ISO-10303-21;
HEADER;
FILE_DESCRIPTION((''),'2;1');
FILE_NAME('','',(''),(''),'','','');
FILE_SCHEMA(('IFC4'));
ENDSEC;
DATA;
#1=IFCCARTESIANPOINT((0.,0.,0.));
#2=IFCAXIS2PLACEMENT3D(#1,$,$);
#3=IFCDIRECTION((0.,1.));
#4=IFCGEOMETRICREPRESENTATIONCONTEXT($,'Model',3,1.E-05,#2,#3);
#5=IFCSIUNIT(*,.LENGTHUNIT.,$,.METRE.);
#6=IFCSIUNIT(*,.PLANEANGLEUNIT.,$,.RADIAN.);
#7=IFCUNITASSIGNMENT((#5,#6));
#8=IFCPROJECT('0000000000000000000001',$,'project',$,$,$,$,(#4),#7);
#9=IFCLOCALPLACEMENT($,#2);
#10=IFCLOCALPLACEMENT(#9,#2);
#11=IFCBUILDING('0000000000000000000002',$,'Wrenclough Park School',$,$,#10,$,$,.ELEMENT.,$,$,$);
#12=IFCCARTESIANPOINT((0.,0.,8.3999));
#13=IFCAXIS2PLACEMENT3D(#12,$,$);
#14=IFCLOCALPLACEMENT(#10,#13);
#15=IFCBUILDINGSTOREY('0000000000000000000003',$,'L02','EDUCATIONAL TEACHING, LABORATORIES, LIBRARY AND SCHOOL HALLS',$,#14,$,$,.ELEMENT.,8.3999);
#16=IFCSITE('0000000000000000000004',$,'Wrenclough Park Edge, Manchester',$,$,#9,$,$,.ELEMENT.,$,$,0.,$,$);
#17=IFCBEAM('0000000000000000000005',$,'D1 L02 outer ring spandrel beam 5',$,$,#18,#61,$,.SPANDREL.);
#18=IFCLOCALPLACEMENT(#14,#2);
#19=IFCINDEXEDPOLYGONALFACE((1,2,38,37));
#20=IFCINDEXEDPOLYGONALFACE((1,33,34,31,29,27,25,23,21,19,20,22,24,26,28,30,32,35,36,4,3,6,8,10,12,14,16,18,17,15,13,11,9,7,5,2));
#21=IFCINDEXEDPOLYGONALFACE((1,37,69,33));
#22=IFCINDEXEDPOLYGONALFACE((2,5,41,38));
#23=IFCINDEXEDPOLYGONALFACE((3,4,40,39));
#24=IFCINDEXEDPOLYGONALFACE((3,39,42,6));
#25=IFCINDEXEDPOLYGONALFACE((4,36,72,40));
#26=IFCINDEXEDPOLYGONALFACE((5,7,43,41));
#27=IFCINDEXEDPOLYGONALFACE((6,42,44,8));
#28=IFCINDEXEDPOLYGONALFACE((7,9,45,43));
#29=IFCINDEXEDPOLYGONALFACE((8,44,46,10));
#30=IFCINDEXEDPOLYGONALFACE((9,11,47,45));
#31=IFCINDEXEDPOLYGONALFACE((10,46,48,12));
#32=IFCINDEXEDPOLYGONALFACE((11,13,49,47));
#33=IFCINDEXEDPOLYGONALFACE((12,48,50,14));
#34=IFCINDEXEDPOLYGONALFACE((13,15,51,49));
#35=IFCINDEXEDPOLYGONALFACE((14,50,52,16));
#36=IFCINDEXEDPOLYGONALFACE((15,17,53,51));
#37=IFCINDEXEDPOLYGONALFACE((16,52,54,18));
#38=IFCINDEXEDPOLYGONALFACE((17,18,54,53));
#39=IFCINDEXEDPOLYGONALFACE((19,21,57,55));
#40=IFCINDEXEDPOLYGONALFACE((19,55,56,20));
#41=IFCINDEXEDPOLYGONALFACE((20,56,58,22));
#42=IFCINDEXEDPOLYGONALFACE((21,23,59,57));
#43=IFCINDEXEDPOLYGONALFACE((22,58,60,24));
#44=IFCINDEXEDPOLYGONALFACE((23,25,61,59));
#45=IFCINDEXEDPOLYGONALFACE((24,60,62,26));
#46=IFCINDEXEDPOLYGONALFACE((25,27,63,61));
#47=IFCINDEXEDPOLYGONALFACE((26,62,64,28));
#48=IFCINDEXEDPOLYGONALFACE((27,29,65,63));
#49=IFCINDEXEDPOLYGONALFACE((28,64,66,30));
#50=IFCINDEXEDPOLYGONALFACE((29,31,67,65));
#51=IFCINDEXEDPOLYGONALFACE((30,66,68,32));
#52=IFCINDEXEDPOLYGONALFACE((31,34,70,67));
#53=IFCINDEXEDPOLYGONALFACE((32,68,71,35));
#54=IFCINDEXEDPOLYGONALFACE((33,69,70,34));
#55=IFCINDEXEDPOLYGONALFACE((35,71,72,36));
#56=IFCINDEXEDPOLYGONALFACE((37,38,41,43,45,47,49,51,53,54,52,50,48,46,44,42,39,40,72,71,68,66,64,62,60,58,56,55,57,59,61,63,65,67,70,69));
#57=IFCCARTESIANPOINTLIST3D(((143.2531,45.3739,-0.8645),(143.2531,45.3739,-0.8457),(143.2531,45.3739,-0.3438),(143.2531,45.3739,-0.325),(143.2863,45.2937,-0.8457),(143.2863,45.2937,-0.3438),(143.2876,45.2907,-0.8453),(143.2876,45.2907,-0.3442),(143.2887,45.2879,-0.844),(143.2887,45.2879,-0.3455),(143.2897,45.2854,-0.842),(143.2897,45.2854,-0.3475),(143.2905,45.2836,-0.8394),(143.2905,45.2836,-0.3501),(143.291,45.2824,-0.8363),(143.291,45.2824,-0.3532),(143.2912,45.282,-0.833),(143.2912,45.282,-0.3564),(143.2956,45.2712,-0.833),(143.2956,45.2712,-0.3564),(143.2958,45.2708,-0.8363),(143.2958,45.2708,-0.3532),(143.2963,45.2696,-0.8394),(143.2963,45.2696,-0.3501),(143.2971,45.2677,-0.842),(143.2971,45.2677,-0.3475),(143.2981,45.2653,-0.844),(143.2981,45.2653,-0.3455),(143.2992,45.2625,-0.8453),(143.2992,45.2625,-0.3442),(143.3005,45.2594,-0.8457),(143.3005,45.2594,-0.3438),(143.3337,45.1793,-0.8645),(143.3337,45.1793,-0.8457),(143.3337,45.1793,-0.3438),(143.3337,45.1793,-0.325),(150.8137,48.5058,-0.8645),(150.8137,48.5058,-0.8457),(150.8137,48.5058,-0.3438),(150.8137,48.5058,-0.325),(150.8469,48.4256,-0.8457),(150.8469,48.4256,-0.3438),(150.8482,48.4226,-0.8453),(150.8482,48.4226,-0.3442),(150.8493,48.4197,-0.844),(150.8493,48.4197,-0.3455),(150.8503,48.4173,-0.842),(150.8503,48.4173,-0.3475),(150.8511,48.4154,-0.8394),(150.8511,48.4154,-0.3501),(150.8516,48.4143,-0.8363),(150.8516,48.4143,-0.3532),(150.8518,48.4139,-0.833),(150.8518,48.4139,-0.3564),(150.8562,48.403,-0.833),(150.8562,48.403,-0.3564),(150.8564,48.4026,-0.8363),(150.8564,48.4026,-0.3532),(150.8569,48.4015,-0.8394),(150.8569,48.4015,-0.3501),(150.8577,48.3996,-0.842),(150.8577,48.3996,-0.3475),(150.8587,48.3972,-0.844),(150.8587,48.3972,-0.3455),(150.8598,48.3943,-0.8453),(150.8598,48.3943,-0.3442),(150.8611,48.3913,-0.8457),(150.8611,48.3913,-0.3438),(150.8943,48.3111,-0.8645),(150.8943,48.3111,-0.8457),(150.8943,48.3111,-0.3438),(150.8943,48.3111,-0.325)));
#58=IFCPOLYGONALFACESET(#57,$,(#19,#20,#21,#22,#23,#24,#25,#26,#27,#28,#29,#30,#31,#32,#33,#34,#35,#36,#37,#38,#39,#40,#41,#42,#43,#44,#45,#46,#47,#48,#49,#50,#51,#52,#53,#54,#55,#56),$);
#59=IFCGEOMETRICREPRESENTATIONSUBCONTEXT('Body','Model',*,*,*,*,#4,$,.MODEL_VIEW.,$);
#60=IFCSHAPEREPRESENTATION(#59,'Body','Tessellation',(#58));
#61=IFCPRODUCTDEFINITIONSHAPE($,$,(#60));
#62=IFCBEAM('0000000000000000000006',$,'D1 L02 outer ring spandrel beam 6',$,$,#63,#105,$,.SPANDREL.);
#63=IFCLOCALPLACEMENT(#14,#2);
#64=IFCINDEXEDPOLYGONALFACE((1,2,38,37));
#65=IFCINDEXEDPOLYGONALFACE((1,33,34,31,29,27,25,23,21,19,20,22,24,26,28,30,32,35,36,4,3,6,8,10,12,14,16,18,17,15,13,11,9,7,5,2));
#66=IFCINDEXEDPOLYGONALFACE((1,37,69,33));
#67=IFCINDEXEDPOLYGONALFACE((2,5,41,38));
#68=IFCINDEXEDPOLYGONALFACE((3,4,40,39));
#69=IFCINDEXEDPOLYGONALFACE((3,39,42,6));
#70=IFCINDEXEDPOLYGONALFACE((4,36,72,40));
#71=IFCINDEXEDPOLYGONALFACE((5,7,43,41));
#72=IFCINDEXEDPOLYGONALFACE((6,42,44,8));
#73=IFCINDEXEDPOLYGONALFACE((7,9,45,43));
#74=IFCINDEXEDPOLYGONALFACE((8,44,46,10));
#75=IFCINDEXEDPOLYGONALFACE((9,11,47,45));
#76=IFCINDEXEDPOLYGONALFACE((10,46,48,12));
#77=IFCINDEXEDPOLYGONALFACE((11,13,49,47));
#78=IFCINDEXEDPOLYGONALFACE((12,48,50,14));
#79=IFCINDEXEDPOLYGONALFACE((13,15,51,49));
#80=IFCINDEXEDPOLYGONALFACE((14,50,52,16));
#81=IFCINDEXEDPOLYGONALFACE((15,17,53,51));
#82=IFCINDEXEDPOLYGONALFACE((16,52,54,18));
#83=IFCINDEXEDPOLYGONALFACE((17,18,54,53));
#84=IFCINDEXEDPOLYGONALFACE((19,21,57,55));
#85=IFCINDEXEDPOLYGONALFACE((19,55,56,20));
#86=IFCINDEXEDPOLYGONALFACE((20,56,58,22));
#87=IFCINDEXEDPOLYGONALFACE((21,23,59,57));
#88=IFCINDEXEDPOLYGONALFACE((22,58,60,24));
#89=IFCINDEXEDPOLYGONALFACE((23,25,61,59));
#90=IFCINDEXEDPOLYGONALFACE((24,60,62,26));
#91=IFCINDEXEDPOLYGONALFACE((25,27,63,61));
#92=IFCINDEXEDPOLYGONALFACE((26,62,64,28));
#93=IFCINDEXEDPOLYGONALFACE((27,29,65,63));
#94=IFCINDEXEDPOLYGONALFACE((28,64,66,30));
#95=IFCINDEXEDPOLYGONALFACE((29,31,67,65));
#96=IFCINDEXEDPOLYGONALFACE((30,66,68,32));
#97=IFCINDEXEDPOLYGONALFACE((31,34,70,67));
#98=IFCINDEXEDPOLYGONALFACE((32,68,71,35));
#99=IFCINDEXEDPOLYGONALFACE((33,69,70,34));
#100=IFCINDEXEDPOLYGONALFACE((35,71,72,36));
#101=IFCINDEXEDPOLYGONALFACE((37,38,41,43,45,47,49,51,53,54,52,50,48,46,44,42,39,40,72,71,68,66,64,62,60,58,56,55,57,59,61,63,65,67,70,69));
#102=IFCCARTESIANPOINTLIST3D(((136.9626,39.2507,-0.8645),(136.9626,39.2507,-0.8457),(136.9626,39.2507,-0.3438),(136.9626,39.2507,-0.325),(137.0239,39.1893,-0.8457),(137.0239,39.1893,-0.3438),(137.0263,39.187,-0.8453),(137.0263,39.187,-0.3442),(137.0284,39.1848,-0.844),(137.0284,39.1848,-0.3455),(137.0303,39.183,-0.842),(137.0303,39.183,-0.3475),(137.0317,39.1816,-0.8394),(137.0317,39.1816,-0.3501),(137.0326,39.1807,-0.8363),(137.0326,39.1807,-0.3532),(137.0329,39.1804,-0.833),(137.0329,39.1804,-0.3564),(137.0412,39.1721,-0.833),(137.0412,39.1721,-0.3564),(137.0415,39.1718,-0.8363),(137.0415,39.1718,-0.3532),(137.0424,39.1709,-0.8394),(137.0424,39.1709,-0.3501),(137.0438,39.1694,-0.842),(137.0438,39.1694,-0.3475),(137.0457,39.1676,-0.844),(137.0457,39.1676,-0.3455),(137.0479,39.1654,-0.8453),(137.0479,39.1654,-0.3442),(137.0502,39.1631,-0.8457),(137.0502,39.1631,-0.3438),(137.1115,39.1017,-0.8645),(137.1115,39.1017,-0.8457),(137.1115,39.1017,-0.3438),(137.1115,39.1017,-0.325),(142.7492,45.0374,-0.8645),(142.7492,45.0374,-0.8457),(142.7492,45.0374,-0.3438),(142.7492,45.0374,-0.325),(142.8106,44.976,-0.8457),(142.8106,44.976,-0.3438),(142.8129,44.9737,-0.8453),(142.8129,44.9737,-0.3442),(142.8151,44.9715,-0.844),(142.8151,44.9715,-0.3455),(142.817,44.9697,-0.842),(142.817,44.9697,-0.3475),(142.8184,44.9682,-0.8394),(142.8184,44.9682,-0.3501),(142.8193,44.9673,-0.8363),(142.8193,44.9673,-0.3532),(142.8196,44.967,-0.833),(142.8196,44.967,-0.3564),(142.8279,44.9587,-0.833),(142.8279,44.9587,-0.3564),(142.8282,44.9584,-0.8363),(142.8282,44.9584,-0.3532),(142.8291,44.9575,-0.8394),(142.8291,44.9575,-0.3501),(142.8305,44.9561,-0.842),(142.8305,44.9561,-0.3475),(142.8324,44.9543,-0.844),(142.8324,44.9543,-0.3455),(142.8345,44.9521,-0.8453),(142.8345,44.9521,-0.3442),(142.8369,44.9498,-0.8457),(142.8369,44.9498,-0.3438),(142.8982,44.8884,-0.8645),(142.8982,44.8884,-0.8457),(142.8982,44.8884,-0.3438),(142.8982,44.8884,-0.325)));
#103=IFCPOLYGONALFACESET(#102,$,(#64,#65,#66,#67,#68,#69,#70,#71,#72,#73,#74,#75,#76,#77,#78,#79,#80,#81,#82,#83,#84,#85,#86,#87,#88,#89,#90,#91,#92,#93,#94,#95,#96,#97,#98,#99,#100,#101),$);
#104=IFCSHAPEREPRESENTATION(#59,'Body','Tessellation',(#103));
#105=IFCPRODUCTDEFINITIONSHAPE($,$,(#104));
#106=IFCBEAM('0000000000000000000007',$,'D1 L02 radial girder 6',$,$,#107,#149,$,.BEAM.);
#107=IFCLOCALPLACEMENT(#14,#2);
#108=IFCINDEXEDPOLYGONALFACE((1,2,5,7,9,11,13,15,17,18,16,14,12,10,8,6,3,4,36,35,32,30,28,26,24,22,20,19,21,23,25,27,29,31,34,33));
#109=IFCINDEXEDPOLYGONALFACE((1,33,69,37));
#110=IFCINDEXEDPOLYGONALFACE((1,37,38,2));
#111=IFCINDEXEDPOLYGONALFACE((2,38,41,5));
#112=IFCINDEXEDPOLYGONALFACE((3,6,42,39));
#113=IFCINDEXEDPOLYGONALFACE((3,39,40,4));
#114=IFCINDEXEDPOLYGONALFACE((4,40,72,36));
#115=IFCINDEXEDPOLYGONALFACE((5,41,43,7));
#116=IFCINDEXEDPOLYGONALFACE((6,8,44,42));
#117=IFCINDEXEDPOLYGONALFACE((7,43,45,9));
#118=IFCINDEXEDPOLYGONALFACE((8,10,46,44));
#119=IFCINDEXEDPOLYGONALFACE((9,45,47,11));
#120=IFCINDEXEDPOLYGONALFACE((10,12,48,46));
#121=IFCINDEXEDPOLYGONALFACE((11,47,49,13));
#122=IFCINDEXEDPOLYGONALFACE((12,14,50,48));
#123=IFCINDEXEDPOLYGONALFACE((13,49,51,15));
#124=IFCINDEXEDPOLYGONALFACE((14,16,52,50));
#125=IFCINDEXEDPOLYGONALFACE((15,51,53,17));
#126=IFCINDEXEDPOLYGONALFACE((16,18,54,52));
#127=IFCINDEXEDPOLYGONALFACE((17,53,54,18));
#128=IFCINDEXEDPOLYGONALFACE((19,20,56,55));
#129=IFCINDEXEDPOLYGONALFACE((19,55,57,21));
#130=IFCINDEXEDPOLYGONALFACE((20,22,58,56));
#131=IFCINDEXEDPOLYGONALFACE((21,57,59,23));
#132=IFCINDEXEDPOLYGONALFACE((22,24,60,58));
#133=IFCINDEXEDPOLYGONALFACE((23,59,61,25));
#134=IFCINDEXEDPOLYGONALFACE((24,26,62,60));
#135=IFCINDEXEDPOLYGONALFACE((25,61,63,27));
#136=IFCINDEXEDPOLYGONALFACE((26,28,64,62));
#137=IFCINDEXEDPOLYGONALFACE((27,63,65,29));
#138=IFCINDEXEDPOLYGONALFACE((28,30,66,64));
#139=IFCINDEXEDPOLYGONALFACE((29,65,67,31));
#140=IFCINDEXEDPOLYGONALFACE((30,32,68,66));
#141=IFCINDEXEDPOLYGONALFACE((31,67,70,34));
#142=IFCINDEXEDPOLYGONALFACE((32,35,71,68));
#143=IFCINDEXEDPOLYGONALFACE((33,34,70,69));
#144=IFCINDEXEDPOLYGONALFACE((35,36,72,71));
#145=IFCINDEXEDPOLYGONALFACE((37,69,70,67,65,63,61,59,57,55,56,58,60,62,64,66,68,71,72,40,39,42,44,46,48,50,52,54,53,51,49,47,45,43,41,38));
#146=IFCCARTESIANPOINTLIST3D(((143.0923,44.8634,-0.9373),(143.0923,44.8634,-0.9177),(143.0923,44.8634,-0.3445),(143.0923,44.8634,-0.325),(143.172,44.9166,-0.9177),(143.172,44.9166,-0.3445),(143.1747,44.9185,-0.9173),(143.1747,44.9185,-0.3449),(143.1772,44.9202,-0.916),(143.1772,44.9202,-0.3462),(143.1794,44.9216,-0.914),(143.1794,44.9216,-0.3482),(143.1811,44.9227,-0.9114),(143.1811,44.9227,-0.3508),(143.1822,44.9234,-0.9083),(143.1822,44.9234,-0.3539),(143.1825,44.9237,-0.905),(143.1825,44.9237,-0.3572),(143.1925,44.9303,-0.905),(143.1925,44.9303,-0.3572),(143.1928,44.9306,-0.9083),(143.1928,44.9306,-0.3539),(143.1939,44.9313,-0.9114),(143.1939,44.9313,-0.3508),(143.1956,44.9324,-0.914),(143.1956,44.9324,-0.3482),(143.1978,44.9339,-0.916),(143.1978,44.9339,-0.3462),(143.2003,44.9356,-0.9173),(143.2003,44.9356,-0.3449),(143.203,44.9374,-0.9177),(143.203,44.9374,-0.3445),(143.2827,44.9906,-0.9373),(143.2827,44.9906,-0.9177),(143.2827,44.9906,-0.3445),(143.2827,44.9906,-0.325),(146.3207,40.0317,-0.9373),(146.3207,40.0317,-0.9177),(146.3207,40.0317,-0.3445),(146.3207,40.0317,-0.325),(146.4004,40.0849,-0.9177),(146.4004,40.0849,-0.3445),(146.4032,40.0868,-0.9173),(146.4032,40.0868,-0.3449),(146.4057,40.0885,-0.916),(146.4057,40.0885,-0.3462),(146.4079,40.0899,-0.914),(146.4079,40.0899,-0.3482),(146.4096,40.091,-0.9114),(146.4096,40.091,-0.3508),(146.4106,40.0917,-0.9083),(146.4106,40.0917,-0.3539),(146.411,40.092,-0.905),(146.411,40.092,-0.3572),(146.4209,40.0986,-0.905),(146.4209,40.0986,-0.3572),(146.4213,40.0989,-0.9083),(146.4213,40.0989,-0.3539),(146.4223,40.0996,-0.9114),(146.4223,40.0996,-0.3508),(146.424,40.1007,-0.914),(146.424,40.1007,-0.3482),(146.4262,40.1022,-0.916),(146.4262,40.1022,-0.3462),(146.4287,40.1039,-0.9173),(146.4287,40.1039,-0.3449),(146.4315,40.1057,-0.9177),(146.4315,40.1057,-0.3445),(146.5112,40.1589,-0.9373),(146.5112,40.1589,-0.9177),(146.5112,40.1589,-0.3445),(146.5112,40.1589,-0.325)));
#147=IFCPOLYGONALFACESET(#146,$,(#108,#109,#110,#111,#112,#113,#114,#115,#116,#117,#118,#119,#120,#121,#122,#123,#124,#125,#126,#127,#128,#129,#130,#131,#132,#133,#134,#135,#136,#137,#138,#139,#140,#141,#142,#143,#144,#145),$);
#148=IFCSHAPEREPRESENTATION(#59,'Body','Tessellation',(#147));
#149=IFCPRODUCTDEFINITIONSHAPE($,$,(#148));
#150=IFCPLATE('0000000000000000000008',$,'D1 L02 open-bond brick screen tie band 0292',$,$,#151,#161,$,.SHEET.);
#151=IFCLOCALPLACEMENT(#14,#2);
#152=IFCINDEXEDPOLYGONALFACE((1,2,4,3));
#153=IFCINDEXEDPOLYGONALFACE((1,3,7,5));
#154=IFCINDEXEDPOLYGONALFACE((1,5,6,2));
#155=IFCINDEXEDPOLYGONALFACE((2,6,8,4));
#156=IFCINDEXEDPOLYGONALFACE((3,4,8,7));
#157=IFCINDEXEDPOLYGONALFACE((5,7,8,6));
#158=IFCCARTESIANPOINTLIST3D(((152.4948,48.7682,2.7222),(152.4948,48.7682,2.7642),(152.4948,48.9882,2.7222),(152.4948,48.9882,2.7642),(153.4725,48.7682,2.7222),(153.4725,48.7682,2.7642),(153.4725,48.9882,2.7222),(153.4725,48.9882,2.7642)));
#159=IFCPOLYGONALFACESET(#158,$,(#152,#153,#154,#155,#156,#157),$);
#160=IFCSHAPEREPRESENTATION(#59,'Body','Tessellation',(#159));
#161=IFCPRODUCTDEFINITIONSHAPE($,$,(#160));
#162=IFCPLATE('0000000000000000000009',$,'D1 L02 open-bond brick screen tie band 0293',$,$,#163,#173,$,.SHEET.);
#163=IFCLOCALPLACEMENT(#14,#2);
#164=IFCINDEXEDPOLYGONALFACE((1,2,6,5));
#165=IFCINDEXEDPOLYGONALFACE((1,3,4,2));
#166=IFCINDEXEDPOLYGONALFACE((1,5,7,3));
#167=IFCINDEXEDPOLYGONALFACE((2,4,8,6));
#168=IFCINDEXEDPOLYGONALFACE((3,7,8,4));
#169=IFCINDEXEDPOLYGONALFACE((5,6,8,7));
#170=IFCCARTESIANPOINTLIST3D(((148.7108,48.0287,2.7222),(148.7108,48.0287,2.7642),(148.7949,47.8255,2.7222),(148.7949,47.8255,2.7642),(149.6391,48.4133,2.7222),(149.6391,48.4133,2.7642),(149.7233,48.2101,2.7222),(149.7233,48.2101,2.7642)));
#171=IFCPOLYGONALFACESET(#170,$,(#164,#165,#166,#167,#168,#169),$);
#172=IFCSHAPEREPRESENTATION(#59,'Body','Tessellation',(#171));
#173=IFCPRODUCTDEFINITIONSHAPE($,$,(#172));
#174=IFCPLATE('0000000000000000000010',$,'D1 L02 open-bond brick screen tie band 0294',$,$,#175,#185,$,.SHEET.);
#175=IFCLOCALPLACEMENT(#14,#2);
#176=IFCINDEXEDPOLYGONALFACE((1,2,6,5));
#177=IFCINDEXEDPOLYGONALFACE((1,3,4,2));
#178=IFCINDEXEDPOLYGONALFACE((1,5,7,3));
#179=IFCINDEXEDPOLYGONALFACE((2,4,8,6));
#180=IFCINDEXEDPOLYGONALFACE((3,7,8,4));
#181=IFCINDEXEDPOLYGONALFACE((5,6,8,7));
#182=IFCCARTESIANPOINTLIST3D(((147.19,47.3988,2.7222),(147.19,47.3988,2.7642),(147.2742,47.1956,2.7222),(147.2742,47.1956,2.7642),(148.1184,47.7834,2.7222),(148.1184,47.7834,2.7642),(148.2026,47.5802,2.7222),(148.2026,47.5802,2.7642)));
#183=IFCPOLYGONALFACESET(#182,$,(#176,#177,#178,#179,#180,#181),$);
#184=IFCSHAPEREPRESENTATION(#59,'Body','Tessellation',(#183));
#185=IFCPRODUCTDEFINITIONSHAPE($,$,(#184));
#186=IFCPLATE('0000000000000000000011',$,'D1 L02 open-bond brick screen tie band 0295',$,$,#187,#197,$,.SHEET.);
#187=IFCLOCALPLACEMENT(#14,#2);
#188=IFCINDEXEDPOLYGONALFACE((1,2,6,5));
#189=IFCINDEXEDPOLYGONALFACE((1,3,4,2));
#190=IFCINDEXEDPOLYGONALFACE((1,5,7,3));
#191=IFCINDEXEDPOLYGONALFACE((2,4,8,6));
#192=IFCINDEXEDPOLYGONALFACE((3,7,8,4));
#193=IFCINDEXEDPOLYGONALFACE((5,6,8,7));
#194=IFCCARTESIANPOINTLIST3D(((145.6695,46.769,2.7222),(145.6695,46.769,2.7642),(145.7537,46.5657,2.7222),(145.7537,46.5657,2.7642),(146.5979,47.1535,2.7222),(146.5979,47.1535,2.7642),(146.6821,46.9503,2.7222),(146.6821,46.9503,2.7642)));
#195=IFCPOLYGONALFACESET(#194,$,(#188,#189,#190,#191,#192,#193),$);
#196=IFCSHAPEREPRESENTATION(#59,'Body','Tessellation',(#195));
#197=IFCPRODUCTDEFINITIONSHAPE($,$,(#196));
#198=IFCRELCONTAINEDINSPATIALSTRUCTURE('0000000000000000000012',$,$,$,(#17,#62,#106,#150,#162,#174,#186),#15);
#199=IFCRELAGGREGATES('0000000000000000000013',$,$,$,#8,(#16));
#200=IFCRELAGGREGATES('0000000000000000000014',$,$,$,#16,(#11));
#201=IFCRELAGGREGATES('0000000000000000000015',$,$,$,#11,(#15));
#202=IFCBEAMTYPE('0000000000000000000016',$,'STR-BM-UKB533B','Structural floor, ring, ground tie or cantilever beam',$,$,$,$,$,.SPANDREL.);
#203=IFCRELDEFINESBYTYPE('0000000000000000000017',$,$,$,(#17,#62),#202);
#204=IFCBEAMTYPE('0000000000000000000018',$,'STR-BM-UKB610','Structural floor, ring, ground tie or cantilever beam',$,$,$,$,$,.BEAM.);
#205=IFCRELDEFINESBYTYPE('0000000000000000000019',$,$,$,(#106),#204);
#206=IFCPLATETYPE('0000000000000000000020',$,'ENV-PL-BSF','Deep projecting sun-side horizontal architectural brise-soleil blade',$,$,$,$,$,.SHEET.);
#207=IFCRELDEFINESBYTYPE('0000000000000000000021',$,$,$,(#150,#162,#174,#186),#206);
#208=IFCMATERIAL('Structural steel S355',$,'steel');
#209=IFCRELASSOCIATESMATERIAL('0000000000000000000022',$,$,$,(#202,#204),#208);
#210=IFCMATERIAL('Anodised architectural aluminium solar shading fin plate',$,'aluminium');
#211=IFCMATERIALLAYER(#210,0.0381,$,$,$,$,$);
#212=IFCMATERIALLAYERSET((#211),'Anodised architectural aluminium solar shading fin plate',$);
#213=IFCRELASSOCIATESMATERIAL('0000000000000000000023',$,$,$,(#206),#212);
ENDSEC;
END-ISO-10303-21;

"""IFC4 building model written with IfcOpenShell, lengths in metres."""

from ifc_helpers import new_model, si_unit, direction, frame, origin, origin_2d, place, context, subcontext, project, spatial, rectangle, i_section, extrude, material, layer, layer_set, material_profile, profile_set, type_object, element, save


model = new_model("IFC4")

# Units and contexts
model_context = context("Model", 3, precision=1e-05, world=origin(), true_north=direction((0.0, 1.0)))
body_context = subcontext(model_context, "Body", "Model", "MODEL_VIEW")
ifc_project = project(units=[si_unit("LENGTHUNIT", "METRE"), si_unit("PLANEANGLEUNIT", "RADIAN")], contexts=[model_context])

# Site, building, storey
site_placement = place(None, origin())
site = spatial("IfcSite", under=ifc_project, at=site_placement, Name="Wrenclough Park Edge, Manchester", CompositionType="ELEMENT", RefElevation=0.0)
building_placement = place(site_placement, origin())
building = spatial("IfcBuilding", under=site, at=building_placement, Name="Wrenclough Park School", CompositionType="ELEMENT")
storey_placement = place(building_placement, frame((0.0, 0.0, 8.3999)))
storey = spatial("IfcBuildingStorey", under=building, at=storey_placement, Name="L02", Description="EDUCATIONAL TEACHING, LABORATORIES, LIBRARY AND SCHOOL HALLS", CompositionType="ELEMENT", Elevation=8.3999)

# Shared definitions
ifc_material_1 = material(Name="Structural steel S355", Category="steel")

# Beams
ifc_material_profile_1 = material_profile(ifc_material_1, i_section(OverallWidth=0.2107, OverallDepth=0.5396, WebThickness=0.0117, FlangeThickness=0.0188, FilletRadius=0.0127, at=origin_2d()), Name="UKB 533x210x109")
ifc_profile_set_1 = profile_set([ifc_material_profile_1], Name="Structural steel S355")
beam_type_1 = type_object("IfcBeamType", Name="STR-BM-UKB533B", Description="Structural floor, ring, ground tie or cantilever beam", PredefinedType="SPANDREL", material=ifc_profile_set_1)
for number, where, z_axis, x_axis, name in (
    (1, (150.854, 48.4084, -0.5947), (-0.923873, -0.3827, 0.0), (0.3827, -0.923873, 0.0), "D1 L02 outer ring spandrel beam 5"),
    (2, (142.8237, 44.9629, -0.5947), (-0.707107, -0.707107, 0.0), (0.707107, -0.707107, 0.0), "D1 L02 outer ring spandrel beam 6"),
):
    element("IfcBeam", number, at=place(storey_placement, frame(where, z_axis=z_axis, x_axis=x_axis)), inside=storey, type_object=beam_type_1, Name=name, PredefinedType="SPANDREL", context=body_context, shape_type="SweptSolid", body=[
        extrude(i_section(OverallWidth=0.2107, OverallDepth=0.5396, WebThickness=0.0117, FlangeThickness=0.0188, FilletRadius=0.0127, at=origin_2d()), origin(), (0.0, 0.0, 1.0), 8.1836),
    ])
ifc_material_profile_2 = material_profile(ifc_material_1, i_section(OverallWidth=0.229, OverallDepth=0.6123, WebThickness=0.012, FlangeThickness=0.0195, FilletRadius=0.0127, at=origin_2d()), Name="UKB 610x229x125")
ifc_profile_set_2 = profile_set([ifc_material_profile_2], Name="Structural steel S355")
beam_type_2 = type_object("IfcBeamType", Name="STR-BM-UKB610", Description="Structural floor, ring, ground tie or cantilever beam", PredefinedType="BEAM", material=ifc_profile_set_2)
beam_1_placement = place(storey_placement, frame((143.1875, 44.927, -0.6311), z_axis=(0.555572, -0.831468, 0.0), x_axis=(0.831468, 0.555572, 0.0)))
element("IfcBeam", 3, at=beam_1_placement, inside=storey, type_object=beam_type_2, Name="D1 L02 radial girder 6", PredefinedType="BEAM", context=body_context, shape_type="SweptSolid", body=[
    extrude(i_section(OverallWidth=0.229, OverallDepth=0.6123, WebThickness=0.012, FlangeThickness=0.0195, FilletRadius=0.0127, at=origin_2d()), origin(), (0.0, 0.0, 1.0), 5.811),
])

# Plates
ifc_material_2 = material(Name="Anodised architectural aluminium solar shading fin plate", Category="aluminium")
ifc_layer_1 = layer(ifc_material_2, 0.0381)
ifc_layer_set_1 = layer_set([ifc_layer_1], Name="Anodised architectural aluminium solar shading fin plate")
plate_type = type_object("IfcPlateType", Name="ENV-PL-BSF", Description="Deep projecting sun-side horizontal architectural brise-soleil blade", PredefinedType="SHEET", material=ifc_layer_set_1)
plate_1_placement = place(storey_placement, frame((152.9836, 48.8782, 2.7222), z_axis=(0.0, 0.0, 1.0), x_axis=(-1.0, 0.0, 0.0)))
element("IfcPlate", 4, at=plate_1_placement, inside=storey, type_object=plate_type, Name="D1 L02 open-bond brick screen tie band 0292", PredefinedType="SHEET", context=body_context, shape_type="SweptSolid", body=[
    extrude(rectangle(XDim=0.9778, YDim=0.22, at=origin_2d()), origin(), (0.0, 0.0, 1.0), 0.042),
])
for number, where, z_axis, x_axis, name in (
    (5, (149.217, 48.1194, 2.7222), (0.0, 0.0, 1.0), (-0.923876, -0.382692, 0.0), "D1 L02 open-bond brick screen tie band 0293"),
    (6, (147.6963, 47.4895, 2.7222), (0.0, 0.0, 1.0), (-0.923876, -0.382692, 0.0), "D1 L02 open-bond brick screen tie band 0294"),
    (7, (146.1758, 46.8596, 2.7222), (0.0, 0.0, 1.0), (-0.923876, -0.382692, 0.0), "D1 L02 open-bond brick screen tie band 0295"),
):
    element("IfcPlate", number, at=place(storey_placement, frame(where, z_axis=z_axis, x_axis=x_axis)), inside=storey, type_object=plate_type, Name=name, PredefinedType="SHEET", context=body_context, shape_type="SweptSolid", body=[
        extrude(rectangle(XDim=1.0049, YDim=0.22, at=origin_2d()), origin(), (0.0, 0.0, 1.0), 0.042),
    ])

save(model, "model.ifc")
